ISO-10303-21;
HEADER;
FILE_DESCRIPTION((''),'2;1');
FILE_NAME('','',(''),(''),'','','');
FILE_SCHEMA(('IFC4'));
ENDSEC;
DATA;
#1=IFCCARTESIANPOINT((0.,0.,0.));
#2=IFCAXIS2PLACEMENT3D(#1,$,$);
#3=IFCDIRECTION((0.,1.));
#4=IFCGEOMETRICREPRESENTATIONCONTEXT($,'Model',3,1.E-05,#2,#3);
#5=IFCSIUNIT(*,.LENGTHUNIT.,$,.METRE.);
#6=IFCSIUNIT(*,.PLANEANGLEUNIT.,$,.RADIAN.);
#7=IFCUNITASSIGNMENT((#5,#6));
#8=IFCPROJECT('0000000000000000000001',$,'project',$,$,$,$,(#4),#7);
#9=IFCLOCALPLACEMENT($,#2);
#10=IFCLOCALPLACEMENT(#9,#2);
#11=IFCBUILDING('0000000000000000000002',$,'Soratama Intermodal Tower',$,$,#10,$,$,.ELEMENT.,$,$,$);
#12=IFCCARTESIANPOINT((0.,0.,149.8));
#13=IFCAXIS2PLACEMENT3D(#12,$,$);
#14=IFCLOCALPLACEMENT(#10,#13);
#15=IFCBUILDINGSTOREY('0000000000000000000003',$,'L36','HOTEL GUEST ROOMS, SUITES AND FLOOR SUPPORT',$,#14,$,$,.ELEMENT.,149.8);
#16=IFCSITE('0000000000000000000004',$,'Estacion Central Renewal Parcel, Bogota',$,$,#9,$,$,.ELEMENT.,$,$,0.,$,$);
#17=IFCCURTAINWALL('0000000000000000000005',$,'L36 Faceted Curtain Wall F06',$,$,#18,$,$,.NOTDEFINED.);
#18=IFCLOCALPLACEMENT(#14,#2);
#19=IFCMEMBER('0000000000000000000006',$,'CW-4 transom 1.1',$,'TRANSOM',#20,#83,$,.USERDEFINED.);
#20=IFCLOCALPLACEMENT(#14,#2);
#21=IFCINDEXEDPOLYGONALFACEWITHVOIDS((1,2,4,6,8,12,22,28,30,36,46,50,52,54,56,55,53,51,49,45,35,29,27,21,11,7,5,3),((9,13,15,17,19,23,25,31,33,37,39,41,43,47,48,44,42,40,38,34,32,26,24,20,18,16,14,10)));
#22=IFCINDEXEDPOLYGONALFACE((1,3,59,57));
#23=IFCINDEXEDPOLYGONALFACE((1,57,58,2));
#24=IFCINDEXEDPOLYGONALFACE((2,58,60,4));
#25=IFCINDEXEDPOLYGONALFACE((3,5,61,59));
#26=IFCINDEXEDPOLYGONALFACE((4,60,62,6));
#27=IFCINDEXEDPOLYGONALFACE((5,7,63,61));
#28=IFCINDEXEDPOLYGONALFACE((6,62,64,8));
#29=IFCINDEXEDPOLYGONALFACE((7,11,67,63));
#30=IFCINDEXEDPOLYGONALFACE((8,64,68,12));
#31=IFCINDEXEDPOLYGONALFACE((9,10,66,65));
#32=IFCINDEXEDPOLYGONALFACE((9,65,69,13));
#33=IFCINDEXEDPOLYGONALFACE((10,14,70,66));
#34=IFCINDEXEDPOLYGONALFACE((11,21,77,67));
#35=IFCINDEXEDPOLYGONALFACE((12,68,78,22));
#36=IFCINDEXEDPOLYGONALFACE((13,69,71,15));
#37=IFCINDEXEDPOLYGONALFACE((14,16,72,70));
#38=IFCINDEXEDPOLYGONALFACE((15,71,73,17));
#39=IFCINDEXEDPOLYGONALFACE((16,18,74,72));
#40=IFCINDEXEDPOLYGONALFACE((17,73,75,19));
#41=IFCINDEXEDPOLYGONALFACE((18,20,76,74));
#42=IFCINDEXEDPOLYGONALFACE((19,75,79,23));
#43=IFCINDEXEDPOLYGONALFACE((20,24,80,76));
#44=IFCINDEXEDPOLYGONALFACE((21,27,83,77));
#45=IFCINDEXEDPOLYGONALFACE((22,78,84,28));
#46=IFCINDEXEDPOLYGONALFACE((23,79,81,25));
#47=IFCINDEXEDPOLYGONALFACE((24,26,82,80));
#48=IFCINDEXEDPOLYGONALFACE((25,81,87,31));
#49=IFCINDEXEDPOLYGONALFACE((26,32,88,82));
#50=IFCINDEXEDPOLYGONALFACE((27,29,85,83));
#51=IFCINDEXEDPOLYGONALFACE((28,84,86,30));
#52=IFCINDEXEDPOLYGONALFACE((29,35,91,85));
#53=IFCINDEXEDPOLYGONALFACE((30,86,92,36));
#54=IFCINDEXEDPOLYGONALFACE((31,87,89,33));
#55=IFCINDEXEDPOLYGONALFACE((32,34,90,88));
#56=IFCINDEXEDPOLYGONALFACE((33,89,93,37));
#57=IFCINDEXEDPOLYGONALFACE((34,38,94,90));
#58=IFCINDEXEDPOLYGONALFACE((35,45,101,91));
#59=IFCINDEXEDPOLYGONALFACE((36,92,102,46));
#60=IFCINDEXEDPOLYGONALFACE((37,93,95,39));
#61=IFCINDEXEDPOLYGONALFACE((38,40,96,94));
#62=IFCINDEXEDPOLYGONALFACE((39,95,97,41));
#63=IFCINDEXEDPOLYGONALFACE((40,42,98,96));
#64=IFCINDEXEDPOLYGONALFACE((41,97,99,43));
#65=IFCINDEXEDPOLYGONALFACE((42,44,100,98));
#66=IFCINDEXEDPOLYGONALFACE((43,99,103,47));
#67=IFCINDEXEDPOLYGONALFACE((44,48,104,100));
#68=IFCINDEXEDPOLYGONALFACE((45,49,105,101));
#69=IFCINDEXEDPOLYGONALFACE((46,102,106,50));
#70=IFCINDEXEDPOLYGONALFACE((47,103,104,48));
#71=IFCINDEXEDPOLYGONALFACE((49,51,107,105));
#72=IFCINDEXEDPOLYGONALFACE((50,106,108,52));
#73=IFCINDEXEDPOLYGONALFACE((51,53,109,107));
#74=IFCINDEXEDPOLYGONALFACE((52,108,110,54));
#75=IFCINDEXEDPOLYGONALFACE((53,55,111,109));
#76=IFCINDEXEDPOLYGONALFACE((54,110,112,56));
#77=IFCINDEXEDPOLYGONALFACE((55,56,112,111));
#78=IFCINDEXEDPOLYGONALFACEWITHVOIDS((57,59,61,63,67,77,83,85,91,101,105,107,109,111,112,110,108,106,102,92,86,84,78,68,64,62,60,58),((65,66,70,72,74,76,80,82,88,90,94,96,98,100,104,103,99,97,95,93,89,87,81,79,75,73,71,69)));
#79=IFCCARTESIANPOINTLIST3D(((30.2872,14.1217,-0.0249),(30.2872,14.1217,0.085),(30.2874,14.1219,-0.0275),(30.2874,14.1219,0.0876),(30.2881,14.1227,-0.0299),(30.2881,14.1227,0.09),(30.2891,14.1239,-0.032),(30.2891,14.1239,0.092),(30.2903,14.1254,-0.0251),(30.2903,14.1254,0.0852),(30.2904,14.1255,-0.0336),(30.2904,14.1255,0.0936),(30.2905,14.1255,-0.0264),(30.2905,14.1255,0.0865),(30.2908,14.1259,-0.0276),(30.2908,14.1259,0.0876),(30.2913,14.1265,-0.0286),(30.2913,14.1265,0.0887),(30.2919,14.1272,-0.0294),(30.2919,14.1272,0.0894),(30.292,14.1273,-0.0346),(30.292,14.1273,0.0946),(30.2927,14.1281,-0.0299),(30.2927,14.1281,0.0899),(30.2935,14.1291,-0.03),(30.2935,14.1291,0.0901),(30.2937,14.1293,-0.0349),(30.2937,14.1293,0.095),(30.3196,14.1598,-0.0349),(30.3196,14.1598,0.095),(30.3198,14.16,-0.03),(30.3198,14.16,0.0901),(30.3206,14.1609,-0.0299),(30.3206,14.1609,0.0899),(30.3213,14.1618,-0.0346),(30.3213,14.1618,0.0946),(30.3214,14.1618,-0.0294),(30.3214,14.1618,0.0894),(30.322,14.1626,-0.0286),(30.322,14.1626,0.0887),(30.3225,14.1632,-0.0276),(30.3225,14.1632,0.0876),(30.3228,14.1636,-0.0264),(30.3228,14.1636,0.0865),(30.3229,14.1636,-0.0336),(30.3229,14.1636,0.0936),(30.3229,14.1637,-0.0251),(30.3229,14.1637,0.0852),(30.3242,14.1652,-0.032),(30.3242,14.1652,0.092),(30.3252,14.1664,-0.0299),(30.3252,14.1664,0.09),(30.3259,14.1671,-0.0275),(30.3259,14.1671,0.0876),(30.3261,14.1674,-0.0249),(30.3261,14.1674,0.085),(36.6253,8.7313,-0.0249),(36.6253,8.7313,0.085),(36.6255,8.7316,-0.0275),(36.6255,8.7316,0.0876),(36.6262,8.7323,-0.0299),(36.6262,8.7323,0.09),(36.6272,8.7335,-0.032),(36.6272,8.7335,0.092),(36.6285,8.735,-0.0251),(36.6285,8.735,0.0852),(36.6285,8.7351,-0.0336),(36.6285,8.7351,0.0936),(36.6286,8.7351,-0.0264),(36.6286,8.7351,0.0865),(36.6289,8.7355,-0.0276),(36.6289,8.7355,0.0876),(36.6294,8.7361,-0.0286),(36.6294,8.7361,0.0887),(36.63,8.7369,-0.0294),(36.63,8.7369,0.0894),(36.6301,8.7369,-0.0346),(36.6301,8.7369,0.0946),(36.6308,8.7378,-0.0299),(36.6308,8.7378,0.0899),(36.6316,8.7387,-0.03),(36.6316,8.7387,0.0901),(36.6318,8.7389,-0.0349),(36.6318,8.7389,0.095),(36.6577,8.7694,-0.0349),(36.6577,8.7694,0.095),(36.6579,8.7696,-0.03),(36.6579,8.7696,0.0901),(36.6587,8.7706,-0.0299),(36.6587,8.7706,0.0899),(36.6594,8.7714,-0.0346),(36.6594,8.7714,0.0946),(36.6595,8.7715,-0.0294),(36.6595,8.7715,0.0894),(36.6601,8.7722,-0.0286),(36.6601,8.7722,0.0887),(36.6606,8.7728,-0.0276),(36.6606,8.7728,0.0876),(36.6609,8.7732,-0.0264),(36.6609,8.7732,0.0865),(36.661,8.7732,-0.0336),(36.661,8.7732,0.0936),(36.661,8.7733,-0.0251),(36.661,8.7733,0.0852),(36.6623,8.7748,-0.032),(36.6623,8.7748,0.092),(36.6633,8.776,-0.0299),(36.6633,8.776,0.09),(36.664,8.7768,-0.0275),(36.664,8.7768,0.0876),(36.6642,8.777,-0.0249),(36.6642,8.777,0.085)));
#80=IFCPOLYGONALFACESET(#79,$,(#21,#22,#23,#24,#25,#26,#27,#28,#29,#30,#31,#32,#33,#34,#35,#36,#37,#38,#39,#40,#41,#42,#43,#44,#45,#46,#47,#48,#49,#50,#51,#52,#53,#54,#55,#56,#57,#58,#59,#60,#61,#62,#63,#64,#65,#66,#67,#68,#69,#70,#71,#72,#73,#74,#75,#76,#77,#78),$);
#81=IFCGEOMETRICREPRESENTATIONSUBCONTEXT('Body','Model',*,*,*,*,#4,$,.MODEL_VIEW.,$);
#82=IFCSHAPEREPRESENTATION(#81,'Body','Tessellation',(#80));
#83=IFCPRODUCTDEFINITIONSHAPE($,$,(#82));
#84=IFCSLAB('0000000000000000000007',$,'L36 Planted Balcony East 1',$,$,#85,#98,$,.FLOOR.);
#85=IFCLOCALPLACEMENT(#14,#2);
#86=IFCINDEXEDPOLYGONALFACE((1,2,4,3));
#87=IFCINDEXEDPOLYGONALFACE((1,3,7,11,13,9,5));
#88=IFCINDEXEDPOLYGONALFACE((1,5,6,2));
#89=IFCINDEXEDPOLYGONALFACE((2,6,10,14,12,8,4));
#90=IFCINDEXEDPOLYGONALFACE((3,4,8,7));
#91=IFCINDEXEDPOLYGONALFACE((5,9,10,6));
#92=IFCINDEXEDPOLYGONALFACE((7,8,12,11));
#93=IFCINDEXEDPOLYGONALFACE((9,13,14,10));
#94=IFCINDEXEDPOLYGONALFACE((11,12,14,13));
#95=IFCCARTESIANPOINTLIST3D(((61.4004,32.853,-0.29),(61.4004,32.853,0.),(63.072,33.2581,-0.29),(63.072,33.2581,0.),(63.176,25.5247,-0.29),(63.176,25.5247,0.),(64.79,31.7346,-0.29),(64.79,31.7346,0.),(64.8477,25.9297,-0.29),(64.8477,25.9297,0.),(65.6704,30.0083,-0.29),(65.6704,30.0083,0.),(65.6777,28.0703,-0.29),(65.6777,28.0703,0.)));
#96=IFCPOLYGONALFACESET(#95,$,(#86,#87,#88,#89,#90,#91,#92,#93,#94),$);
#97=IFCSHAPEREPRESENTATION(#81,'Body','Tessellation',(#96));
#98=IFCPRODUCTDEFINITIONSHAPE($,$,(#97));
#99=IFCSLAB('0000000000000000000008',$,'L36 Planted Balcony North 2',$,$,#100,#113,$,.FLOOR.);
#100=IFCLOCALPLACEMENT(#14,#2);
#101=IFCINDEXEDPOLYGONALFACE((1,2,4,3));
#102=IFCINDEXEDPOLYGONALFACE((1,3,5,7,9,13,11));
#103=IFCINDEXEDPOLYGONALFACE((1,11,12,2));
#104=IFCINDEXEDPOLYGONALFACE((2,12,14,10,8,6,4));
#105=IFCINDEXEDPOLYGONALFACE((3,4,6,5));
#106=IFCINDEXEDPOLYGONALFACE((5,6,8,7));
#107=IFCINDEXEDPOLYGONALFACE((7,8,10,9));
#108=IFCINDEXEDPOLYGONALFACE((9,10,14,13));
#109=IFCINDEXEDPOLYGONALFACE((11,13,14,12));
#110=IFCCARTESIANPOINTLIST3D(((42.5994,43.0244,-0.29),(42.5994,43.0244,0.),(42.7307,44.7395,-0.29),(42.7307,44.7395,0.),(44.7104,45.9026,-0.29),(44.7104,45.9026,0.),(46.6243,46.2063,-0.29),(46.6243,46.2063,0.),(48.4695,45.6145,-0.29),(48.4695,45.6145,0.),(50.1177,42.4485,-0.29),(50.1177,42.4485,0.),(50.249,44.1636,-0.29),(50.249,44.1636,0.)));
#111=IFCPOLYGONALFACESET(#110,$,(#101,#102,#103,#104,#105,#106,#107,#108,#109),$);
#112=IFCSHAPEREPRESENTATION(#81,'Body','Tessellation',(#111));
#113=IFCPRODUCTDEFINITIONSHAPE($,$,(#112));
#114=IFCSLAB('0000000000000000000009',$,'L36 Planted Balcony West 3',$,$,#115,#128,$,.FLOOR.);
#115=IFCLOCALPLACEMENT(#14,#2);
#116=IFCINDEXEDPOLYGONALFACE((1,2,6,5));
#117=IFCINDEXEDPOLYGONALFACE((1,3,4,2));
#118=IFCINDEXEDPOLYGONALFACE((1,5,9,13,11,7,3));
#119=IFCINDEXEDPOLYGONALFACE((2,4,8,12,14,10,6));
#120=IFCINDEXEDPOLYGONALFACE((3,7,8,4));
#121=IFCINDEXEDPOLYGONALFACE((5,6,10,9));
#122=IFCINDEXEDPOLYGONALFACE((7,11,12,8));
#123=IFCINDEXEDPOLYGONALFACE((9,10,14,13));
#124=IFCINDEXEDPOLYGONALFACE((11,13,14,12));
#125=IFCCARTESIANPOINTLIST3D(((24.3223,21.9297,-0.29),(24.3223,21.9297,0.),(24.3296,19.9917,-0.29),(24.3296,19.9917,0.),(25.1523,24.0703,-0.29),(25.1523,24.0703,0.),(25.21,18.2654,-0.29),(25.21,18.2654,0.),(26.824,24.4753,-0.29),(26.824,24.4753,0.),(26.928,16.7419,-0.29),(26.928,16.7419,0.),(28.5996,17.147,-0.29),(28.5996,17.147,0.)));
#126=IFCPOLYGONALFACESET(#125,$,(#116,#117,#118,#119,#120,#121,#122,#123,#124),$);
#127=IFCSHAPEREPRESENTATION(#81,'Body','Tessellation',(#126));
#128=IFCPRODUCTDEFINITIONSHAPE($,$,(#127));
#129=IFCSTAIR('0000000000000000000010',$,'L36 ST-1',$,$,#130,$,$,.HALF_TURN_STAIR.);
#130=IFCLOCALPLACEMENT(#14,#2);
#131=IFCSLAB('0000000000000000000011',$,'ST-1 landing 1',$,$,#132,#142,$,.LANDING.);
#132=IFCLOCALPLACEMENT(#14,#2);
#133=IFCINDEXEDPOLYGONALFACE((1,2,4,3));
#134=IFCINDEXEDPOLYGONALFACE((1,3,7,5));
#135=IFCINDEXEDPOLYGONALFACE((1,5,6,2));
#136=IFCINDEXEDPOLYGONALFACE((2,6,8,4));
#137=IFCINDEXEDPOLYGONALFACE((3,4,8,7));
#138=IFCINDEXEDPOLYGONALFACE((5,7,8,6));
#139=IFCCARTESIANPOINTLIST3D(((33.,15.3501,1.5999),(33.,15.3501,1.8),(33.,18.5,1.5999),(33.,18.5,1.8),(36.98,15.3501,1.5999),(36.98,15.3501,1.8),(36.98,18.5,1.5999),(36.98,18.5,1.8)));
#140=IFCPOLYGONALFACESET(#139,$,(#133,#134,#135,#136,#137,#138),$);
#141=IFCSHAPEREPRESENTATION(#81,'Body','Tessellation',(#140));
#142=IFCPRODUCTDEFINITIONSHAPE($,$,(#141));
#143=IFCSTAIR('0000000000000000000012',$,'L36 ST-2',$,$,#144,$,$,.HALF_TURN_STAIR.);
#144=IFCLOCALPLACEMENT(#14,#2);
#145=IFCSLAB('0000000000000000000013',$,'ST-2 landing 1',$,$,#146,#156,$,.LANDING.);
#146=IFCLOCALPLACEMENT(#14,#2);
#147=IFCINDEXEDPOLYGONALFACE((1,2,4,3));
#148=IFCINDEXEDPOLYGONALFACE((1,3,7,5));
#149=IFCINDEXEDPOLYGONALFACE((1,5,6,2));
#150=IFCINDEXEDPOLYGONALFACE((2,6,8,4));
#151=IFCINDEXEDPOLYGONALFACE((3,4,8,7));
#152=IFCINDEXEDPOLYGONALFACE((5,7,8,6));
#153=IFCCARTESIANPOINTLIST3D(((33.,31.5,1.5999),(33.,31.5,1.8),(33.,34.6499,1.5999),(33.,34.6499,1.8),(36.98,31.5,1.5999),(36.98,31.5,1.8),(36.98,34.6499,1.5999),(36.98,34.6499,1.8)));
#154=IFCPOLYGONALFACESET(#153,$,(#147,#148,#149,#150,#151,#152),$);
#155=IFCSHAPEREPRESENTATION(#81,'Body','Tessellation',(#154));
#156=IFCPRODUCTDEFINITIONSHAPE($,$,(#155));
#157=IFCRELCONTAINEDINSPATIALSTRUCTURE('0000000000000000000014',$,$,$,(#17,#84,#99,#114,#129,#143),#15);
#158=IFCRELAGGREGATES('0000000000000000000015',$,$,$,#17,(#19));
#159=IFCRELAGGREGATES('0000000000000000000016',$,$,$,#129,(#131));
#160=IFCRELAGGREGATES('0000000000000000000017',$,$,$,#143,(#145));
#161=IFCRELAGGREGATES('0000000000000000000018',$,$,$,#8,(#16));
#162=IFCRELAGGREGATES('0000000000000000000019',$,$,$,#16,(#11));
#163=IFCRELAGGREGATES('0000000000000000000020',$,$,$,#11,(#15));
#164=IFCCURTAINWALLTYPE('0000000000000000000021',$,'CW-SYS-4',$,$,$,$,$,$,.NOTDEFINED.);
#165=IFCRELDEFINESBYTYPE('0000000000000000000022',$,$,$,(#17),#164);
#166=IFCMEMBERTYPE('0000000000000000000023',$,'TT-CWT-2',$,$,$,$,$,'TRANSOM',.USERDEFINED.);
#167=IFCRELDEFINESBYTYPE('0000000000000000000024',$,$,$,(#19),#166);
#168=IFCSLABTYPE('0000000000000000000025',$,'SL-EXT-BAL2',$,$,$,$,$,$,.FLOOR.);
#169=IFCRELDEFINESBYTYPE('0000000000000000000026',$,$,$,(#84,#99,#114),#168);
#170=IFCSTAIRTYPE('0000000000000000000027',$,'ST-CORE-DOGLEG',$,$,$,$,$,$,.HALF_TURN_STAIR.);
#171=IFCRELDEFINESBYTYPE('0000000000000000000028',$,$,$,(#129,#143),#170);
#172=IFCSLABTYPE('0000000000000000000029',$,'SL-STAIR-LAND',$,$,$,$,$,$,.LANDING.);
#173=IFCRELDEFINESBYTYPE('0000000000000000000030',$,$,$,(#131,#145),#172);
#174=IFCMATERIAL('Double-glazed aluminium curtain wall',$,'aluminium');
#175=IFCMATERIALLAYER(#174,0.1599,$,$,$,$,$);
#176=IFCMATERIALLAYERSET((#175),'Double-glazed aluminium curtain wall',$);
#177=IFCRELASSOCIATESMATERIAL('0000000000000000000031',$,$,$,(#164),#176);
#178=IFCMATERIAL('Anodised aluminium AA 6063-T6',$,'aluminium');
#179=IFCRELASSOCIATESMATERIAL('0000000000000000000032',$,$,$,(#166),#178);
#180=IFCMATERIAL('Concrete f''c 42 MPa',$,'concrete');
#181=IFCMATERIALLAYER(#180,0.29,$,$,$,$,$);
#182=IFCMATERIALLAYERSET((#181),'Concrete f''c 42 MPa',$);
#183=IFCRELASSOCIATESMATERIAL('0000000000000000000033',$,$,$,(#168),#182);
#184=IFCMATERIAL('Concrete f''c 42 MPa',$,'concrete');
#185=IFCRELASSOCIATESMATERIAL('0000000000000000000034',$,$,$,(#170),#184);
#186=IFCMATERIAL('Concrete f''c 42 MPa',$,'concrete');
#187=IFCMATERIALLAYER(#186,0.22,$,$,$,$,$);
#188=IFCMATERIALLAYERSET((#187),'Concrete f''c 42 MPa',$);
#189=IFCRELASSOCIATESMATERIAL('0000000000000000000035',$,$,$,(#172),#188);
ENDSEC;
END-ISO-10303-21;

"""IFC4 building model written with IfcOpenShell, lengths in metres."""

from ifc_helpers import new_model, si_unit, direction, frame, origin, origin_2d, place, context, subcontext, project, spatial, polyline, hollow_rectangle, outline, extrude, material, layer, layer_set, material_profile, profile_set, type_object, element, aggregate, save


model = new_model("IFC4")

# Units and contexts
model_context = context("Model", 3, precision=1e-05, world=origin(), true_north=direction((0.0, 1.0)))
body_context = subcontext(model_context, "Body", "Model", "MODEL_VIEW")
ifc_project = project(units=[si_unit("LENGTHUNIT", "METRE"), si_unit("PLANEANGLEUNIT", "RADIAN")], contexts=[model_context])

# Site, building, storey
site_placement = place(None, origin())
site = spatial("IfcSite", under=ifc_project, at=site_placement, Name="Estacion Central Renewal Parcel, Bogota", CompositionType="ELEMENT", RefElevation=0.0)
building_placement = place(site_placement, origin())
building = spatial("IfcBuilding", under=site, at=building_placement, Name="Soratama Intermodal Tower", CompositionType="ELEMENT")
storey_placement = place(building_placement, frame((0.0, 0.0, 149.8)))
storey = spatial("IfcBuildingStorey", under=building, at=storey_placement, Name="L36", Description="HOTEL GUEST ROOMS, SUITES AND FLOOR SUPPORT", CompositionType="ELEMENT", Elevation=149.8)

# Curtain wall, member
ifc_material_1 = material(Name="Double-glazed aluminium curtain wall", Category="aluminium")
ifc_layer_1 = layer(ifc_material_1, 0.1599)
ifc_layer_set_1 = layer_set([ifc_layer_1], Name="Double-glazed aluminium curtain wall")
curtain_wall_type = type_object("IfcCurtainWallType", Name="CW-SYS-4", PredefinedType="NOTDEFINED", material=ifc_layer_set_1)
curtain_wall_placement = place(storey_placement, origin())
curtain_wall = element("IfcCurtainWall", 1, at=curtain_wall_placement, inside=storey, type_object=curtain_wall_type, Name="L36 Faceted Curtain Wall F06", PredefinedType="NOTDEFINED")
ifc_material_2 = material(Name="Anodised aluminium AA 6063-T6", Category="aluminium")
ifc_material_profile_1 = material_profile(ifc_material_2, hollow_rectangle(XDim=0.0601, YDim=0.1299, WallThickness=0.0049, InnerFilletRadius=0.0049, OuterFilletRadius=0.01, at=origin_2d()), Name="CWT130X60X5")
ifc_profile_set_1 = profile_set([ifc_material_profile_1], Name="Anodised aluminium AA 6063-T6")
member_type_1 = type_object("IfcMemberType", Name="TT-CWT-2", ElementType="TRANSOM", PredefinedType="USERDEFINED", material=ifc_profile_set_1)
member_1_placement = place(storey_placement, frame((30.3066, 14.1445, 0.03), z_axis=(0.761763, -0.647855, 0.0), x_axis=(0.647855, 0.761763, 0.0)))
member_1 = element("IfcMember", 2, at=member_1_placement, type_object=member_type_1, Name="CW-4 transom 1.1", ObjectType="TRANSOM", PredefinedType="USERDEFINED", context=body_context, shape_type="SweptSolid", body=[
    extrude(hollow_rectangle(XDim=0.0601, YDim=0.1299, WallThickness=0.0049, InnerFilletRadius=0.0049, OuterFilletRadius=0.01, at=origin_2d()), origin(), (0.0, 0.0, 1.0), 8.3203),
])
aggregate(curtain_wall, [member_1])

# Slabs
ifc_material_3 = material(Name="Concrete f'c 42 MPa", Category="concrete")
ifc_layer_2 = layer(ifc_material_3, 0.29)
ifc_layer_set_2 = layer_set([ifc_layer_2], Name="Concrete f'c 42 MPa")
slab_type_1 = type_object("IfcSlabType", Name="SL-EXT-BAL2", PredefinedType="FLOOR", material=ifc_layer_set_2)
slab_1_placement = place(storey_placement, frame((0.0, 0.0, -0.29)))
element("IfcSlab", 3, at=slab_1_placement, inside=storey, type_object=slab_type_1, Name="L36 Planted Balcony East 1", PredefinedType="FLOOR", context=body_context, shape_type="SweptSolid", body=[
    extrude(outline(polyline([(63.176, 25.5247), (61.4004, 32.853), (63.072, 33.2581), (64.79, 31.7346), (65.6704, 30.0083), (65.6777, 28.0703), (64.8477, 25.9297), (63.176, 25.5247)])), origin(), (0.0, 0.0, 1.0), 0.29),
])
slab_2_placement = place(storey_placement, frame((0.0, 0.0, -0.29)))
element("IfcSlab", 4, at=slab_2_placement, inside=storey, type_object=slab_type_1, Name="L36 Planted Balcony North 2", PredefinedType="FLOOR", context=body_context, shape_type="SweptSolid", body=[
    extrude(outline(polyline([(50.1177, 42.4485), (42.5994, 43.0244), (42.7307, 44.7395), (44.7104, 45.9026), (46.6243, 46.2063), (48.4695, 45.6145), (50.249, 44.1636), (50.1177, 42.4485)])), origin(), (0.0, 0.0, 1.0), 0.29),
])
slab_3_placement = place(storey_placement, frame((0.0, 0.0, -0.29)))
element("IfcSlab", 5, at=slab_3_placement, inside=storey, type_object=slab_type_1, Name="L36 Planted Balcony West 3", PredefinedType="FLOOR", context=body_context, shape_type="SweptSolid", body=[
    extrude(outline(polyline([(26.824, 24.4753), (28.5996, 17.147), (26.928, 16.7419), (25.21, 18.2654), (24.3296, 19.9917), (24.3223, 21.9297), (25.1523, 24.0703), (26.824, 24.4753)])), origin(), (0.0, 0.0, 1.0), 0.29),
])

# Stairs, slabs
ifc_material_4 = material(Name="Concrete f'c 42 MPa", Category="concrete")
stair_type = type_object("IfcStairType", Name="ST-CORE-DOGLEG", PredefinedType="HALF_TURN_STAIR", material=ifc_material_4)
stair_1_placement = place(storey_placement, origin())
stair_1 = element("IfcStair", 6, at=stair_1_placement, inside=storey, type_object=stair_type, Name="L36 ST-1", PredefinedType="HALF_TURN_STAIR")
ifc_material_5 = material(Name="Concrete f'c 42 MPa", Category="concrete")
ifc_layer_3 = layer(ifc_material_5, 0.22)
ifc_layer_set_3 = layer_set([ifc_layer_3], Name="Concrete f'c 42 MPa")
slab_type_2 = type_object("IfcSlabType", Name="SL-STAIR-LAND", PredefinedType="LANDING", material=ifc_layer_set_3)
slab_4_placement = place(storey_placement, frame((0.0, 0.0, 1.5999)))
slab_4 = element("IfcSlab", 7, at=slab_4_placement, type_object=slab_type_2, Name="ST-1 landing 1", PredefinedType="LANDING", context=body_context, shape_type="SweptSolid", body=[
    extrude(outline(polyline([(36.98, 18.5), (33.0, 18.5), (33.0, 15.3501), (36.98, 15.3501), (36.98, 18.5)])), origin(), (0.0, 0.0, 1.0), 0.2002),
])
aggregate(stair_1, [slab_4])
stair_2_placement = place(storey_placement, origin())
stair_2 = element("IfcStair", 8, at=stair_2_placement, inside=storey, type_object=stair_type, Name="L36 ST-2", PredefinedType="HALF_TURN_STAIR")
slab_5_placement = place(storey_placement, frame((0.0, 0.0, 1.5999)))
slab_5 = element("IfcSlab", 9, at=slab_5_placement, type_object=slab_type_2, Name="ST-2 landing 1", PredefinedType="LANDING", context=body_context, shape_type="SweptSolid", body=[
    extrude(outline(polyline([(36.98, 34.6499), (33.0, 34.6499), (33.0, 31.5), (36.98, 31.5), (36.98, 34.6499)])), origin(), (0.0, 0.0, 1.0), 0.2002),
])
aggregate(stair_2, [slab_5])

save(model, "model.ifc")
